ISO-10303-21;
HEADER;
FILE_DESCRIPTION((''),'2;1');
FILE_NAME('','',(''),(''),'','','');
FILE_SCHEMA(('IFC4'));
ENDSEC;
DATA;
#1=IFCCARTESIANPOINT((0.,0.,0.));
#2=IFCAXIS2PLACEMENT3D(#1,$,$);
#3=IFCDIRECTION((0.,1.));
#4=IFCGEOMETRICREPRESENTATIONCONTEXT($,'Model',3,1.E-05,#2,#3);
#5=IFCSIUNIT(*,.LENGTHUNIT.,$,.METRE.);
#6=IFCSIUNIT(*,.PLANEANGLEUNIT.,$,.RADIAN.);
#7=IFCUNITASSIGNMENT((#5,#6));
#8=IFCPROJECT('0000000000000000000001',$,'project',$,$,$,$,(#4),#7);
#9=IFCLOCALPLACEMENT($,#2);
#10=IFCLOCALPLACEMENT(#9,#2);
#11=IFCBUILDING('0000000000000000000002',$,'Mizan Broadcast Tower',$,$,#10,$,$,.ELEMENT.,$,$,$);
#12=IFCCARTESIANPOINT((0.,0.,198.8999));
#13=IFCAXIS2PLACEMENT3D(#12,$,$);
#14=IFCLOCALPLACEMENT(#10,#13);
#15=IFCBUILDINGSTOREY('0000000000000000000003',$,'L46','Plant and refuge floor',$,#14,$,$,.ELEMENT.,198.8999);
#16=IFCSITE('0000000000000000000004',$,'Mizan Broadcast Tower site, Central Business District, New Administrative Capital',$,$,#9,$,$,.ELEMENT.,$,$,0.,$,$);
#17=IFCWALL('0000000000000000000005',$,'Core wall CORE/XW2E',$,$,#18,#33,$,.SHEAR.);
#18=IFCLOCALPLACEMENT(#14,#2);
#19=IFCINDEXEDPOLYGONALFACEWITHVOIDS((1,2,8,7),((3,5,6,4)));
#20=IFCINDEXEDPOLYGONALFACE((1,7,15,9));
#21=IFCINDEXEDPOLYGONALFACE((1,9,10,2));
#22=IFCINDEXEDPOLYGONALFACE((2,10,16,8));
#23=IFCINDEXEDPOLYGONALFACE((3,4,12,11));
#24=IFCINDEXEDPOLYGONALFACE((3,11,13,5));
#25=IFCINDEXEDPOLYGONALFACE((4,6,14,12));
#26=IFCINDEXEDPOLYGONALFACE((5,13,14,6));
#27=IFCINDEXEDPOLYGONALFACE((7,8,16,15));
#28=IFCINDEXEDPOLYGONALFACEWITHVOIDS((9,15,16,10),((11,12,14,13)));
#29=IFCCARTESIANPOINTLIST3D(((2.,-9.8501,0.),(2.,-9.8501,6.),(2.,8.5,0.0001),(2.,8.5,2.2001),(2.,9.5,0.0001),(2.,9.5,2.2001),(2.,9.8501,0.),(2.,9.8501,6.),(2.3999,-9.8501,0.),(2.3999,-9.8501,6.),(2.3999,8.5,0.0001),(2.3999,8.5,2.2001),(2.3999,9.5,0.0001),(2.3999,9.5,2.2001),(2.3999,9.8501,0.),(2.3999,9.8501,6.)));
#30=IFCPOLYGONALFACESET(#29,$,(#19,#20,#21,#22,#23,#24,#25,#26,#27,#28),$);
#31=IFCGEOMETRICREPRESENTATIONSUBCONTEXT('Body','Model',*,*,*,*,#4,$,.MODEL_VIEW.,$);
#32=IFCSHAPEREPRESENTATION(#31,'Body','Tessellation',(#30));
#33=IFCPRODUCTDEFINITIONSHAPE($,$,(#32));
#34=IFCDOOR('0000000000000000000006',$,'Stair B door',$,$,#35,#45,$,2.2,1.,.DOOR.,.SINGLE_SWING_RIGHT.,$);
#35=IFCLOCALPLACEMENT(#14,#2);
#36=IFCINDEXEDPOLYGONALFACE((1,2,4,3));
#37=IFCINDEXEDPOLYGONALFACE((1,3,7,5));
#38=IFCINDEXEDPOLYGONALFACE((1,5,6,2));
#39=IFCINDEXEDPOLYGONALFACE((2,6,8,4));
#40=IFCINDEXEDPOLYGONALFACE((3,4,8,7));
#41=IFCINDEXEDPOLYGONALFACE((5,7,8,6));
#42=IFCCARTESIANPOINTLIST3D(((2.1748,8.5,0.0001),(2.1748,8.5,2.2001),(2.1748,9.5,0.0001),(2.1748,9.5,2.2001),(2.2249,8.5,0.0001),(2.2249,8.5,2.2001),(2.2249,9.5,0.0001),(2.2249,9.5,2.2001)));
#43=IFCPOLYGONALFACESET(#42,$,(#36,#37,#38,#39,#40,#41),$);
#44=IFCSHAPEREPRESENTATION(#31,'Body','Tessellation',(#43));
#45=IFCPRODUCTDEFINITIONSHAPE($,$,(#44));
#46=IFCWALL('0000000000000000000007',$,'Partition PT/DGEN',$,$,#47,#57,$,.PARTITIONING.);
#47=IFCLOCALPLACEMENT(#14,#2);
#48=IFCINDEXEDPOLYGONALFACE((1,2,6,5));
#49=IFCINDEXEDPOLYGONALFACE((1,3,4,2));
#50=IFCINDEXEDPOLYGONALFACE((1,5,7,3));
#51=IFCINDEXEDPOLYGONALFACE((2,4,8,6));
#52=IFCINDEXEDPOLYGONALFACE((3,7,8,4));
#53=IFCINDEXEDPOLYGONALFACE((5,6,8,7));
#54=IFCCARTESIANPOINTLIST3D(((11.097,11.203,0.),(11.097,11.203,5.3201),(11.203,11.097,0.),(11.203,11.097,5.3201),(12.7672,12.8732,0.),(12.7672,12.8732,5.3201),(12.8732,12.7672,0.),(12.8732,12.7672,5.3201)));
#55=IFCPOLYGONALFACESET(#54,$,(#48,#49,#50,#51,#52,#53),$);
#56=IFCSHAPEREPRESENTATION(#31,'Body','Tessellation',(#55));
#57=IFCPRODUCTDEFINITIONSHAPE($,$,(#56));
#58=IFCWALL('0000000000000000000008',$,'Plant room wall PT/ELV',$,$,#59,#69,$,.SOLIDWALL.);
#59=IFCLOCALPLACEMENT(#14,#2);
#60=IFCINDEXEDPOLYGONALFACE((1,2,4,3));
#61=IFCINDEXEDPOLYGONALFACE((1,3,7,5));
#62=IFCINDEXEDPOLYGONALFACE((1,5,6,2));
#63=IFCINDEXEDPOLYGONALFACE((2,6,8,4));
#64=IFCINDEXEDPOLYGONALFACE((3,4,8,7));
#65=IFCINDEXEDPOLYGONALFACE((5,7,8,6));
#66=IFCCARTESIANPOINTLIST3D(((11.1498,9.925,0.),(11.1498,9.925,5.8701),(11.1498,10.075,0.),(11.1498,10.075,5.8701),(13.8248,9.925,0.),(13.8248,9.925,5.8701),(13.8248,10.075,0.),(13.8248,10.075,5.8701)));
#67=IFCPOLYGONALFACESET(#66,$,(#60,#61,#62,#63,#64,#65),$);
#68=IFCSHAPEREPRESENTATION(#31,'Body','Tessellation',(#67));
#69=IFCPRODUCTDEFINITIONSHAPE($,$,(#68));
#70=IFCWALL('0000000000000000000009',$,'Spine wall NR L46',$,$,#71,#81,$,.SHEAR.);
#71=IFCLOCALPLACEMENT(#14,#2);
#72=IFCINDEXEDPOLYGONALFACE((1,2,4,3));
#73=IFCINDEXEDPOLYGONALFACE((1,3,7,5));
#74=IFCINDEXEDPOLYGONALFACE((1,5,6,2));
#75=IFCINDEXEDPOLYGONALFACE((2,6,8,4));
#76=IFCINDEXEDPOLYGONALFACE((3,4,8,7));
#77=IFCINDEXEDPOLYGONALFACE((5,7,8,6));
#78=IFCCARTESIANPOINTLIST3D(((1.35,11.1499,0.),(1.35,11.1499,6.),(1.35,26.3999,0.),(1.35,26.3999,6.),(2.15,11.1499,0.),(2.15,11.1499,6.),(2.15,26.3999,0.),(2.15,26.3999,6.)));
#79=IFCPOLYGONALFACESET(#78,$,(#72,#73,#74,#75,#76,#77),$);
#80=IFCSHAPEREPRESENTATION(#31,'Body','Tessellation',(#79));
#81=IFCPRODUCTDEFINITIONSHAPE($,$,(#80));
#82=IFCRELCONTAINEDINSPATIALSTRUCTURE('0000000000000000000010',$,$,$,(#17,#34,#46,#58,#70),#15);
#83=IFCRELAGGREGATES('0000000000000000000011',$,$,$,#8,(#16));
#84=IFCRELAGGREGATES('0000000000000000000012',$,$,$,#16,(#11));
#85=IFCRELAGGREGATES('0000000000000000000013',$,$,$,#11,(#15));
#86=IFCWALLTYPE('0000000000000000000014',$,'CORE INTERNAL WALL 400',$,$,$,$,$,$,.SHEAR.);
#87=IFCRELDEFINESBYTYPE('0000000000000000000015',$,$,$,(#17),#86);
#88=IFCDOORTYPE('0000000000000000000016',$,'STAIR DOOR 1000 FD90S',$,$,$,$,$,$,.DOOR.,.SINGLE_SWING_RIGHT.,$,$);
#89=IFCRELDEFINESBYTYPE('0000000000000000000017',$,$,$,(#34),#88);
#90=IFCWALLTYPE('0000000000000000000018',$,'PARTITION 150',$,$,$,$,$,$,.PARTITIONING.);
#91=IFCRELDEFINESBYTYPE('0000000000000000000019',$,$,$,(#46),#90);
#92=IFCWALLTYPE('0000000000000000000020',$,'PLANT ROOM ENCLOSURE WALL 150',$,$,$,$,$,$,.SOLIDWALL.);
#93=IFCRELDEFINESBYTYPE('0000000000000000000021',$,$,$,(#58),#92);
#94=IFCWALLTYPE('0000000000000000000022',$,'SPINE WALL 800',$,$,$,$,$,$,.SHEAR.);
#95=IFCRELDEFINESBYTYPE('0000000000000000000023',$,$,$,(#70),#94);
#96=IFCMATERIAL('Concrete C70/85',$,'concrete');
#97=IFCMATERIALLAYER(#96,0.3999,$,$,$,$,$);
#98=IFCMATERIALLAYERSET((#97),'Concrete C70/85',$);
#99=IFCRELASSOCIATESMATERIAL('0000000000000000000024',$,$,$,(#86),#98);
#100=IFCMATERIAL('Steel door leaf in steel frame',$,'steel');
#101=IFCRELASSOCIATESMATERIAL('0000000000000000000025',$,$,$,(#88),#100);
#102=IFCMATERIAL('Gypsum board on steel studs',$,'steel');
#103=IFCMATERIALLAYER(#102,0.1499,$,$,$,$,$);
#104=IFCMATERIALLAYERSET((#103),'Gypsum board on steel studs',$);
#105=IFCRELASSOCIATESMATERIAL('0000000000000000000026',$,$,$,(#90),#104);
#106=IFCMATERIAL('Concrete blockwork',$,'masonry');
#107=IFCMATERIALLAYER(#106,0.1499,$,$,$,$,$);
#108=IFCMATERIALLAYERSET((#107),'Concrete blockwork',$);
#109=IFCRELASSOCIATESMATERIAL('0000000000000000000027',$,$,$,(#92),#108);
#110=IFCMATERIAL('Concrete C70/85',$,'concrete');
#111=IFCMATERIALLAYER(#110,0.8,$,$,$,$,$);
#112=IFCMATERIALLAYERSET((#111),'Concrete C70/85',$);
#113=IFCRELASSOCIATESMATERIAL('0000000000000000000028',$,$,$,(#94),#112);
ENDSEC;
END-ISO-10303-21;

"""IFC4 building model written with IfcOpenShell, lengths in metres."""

from ifc_helpers import new_model, si_unit, direction, frame, frame_2d, origin, place, context, subcontext, project, spatial, rectangle, extrude, material, layer, layer_set, type_object, element, fill, save


model = new_model("IFC4")

# Units and contexts
model_context = context("Model", 3, precision=1e-05, world=origin(), true_north=direction((0.0, 1.0)))
body_context = subcontext(model_context, "Body", "Model", "MODEL_VIEW")
ifc_project = project(units=[si_unit("LENGTHUNIT", "METRE"), si_unit("PLANEANGLEUNIT", "RADIAN")], contexts=[model_context])

# Site, building, storey
site_placement = place(None, origin())
site = spatial("IfcSite", under=ifc_project, at=site_placement, Name="Mizan Broadcast Tower site, Central Business District, New Administrative Capital", CompositionType="ELEMENT", RefElevation=0.0)
building_placement = place(site_placement, origin())
building = spatial("IfcBuilding", under=site, at=building_placement, Name="Mizan Broadcast Tower", CompositionType="ELEMENT")
storey_placement = place(building_placement, frame((0.0, 0.0, 198.8999)))
storey = spatial("IfcBuildingStorey", under=building, at=storey_placement, Name="L46", Description="Plant and refuge floor", CompositionType="ELEMENT", Elevation=198.8999)

# Shared definitions
ifc_material_1 = material(Name="Concrete C70/85", Category="concrete")
ifc_layer_1 = layer(ifc_material_1, 0.3999)
ifc_layer_set_1 = layer_set([ifc_layer_1], Name="Concrete C70/85")
wall_type_1 = type_object("IfcWallType", Name="CORE INTERNAL WALL 400", PredefinedType="SHEAR", material=ifc_layer_set_1)

# Wall, opening, door
wall_1_placement = place(storey_placement, frame((2.2, 9.8501, 0.0), z_axis=(0.0, 0.0, 1.0), x_axis=(0.0, -1.0, 0.0)))
wall_1 = element("IfcWall", 1, at=wall_1_placement, inside=storey, type_object=wall_type_1, Name="Core wall CORE/XW2E", PredefinedType="SHEAR", context=body_context, shape_type="SweptSolid", body=[
    extrude(rectangle(XDim=19.7002, YDim=0.3999, at=frame_2d((9.8501, 0.0))), origin(), (0.0, 0.0, 1.0), 6.0),
])
opening_1_placement = place(wall_1_placement, frame((0.3501, 0.0, 0.0)))
opening_1 = element("IfcOpeningElement", 2, at=opening_1_placement, cuts=wall_1, PredefinedType="OPENING", context=body_context, shape_type="SweptSolid", body=[
    extrude(rectangle(XDim=1.0, YDim=2.2, at=frame_2d((0.5, 1.1001))), frame((0.0, 0.21, 0.0), z_axis=(0.0, -1.0, 0.0), x_axis=(1.0, 0.0, 0.0)), (0.0, 0.0, 1.0), 0.4199),
])
ifc_material_2 = material(Name="Steel door leaf in steel frame", Category="steel")
door_type_1 = type_object("IfcDoorType", Name="STAIR DOOR 1000 FD90S", OperationType="SINGLE_SWING_RIGHT", PredefinedType="DOOR", material=ifc_material_2)
door_1_placement = place(opening_1_placement, origin())
door_1 = element("IfcDoor", 3, at=door_1_placement, inside=storey, type_object=door_type_1, Name="Stair B door", OperationType="SINGLE_SWING_RIGHT", OverallHeight=2.2, OverallWidth=1.0, PredefinedType="DOOR", context=body_context, shape_type="SweptSolid", body=[
    extrude(rectangle(XDim=1.0, YDim=2.2, at=frame_2d((0.5, 1.1001))), frame((0.0, 0.0249, 0.0), z_axis=(0.0, -1.0, 0.0), x_axis=(1.0, 0.0, 0.0)), (0.0, 0.0, 1.0), 0.05),
])
fill(opening_1, door_1)

# Walls
ifc_material_3 = material(Name="Gypsum board on steel studs", Category="steel")
ifc_layer_2 = layer(ifc_material_3, 0.1499)
ifc_layer_set_2 = layer_set([ifc_layer_2], Name="Gypsum board on steel studs")
wall_type_2 = type_object("IfcWallType", Name="PARTITION 150", PredefinedType="PARTITIONING", material=ifc_layer_set_2)
wall_2_placement = place(storey_placement, frame((11.1499, 11.1499, 0.0), z_axis=(0.0, 0.0, 1.0), x_axis=(0.707107, 0.707107, 0.0)))
element("IfcWall", 4, at=wall_2_placement, inside=storey, type_object=wall_type_2, Name="Partition PT/DGEN", PredefinedType="PARTITIONING", context=body_context, shape_type="SweptSolid", body=[
    extrude(rectangle(XDim=2.3621, YDim=0.1499, at=frame_2d((1.1812, 0.0))), origin(), (0.0, 0.0, 1.0), 5.3201),
])
ifc_material_4 = material(Name="Concrete blockwork", Category="masonry")
ifc_layer_3 = layer(ifc_material_4, 0.1499)
ifc_layer_set_3 = layer_set([ifc_layer_3], Name="Concrete blockwork")
wall_type_3 = type_object("IfcWallType", Name="PLANT ROOM ENCLOSURE WALL 150", PredefinedType="SOLIDWALL", material=ifc_layer_set_3)
wall_3_placement = place(storey_placement, frame((11.1499, 10.0, 0.0), z_axis=(0.0, 0.0, 1.0), x_axis=(1.0, 0.0, 0.0)))
element("IfcWall", 5, at=wall_3_placement, inside=storey, type_object=wall_type_3, Name="Plant room wall PT/ELV", PredefinedType="SOLIDWALL", context=body_context, shape_type="SweptSolid", body=[
    extrude(rectangle(XDim=2.675, YDim=0.1499, at=frame_2d((1.3374, 0.0))), origin(), (0.0, 0.0, 1.0), 5.8701),
])
ifc_material_5 = material(Name="Concrete C70/85", Category="concrete")
ifc_layer_4 = layer(ifc_material_5, 0.8)
ifc_layer_set_4 = layer_set([ifc_layer_4], Name="Concrete C70/85")
wall_type_4 = type_object("IfcWallType", Name="SPINE WALL 800", PredefinedType="SHEAR", material=ifc_layer_set_4)
wall_4_placement = place(storey_placement, frame((1.75, 11.1499, 0.0), z_axis=(0.0, 0.0, 1.0), x_axis=(0.0, 1.0, 0.0)))
element("IfcWall", 6, at=wall_4_placement, inside=storey, type_object=wall_type_4, Name="Spine wall NR L46", PredefinedType="SHEAR", context=body_context, shape_type="SweptSolid", body=[
    extrude(rectangle(XDim=15.25, YDim=0.8, at=frame_2d((7.625, 0.0))), origin(), (0.0, 0.0, 1.0), 6.0),
])

save(model, "model.ifc")
